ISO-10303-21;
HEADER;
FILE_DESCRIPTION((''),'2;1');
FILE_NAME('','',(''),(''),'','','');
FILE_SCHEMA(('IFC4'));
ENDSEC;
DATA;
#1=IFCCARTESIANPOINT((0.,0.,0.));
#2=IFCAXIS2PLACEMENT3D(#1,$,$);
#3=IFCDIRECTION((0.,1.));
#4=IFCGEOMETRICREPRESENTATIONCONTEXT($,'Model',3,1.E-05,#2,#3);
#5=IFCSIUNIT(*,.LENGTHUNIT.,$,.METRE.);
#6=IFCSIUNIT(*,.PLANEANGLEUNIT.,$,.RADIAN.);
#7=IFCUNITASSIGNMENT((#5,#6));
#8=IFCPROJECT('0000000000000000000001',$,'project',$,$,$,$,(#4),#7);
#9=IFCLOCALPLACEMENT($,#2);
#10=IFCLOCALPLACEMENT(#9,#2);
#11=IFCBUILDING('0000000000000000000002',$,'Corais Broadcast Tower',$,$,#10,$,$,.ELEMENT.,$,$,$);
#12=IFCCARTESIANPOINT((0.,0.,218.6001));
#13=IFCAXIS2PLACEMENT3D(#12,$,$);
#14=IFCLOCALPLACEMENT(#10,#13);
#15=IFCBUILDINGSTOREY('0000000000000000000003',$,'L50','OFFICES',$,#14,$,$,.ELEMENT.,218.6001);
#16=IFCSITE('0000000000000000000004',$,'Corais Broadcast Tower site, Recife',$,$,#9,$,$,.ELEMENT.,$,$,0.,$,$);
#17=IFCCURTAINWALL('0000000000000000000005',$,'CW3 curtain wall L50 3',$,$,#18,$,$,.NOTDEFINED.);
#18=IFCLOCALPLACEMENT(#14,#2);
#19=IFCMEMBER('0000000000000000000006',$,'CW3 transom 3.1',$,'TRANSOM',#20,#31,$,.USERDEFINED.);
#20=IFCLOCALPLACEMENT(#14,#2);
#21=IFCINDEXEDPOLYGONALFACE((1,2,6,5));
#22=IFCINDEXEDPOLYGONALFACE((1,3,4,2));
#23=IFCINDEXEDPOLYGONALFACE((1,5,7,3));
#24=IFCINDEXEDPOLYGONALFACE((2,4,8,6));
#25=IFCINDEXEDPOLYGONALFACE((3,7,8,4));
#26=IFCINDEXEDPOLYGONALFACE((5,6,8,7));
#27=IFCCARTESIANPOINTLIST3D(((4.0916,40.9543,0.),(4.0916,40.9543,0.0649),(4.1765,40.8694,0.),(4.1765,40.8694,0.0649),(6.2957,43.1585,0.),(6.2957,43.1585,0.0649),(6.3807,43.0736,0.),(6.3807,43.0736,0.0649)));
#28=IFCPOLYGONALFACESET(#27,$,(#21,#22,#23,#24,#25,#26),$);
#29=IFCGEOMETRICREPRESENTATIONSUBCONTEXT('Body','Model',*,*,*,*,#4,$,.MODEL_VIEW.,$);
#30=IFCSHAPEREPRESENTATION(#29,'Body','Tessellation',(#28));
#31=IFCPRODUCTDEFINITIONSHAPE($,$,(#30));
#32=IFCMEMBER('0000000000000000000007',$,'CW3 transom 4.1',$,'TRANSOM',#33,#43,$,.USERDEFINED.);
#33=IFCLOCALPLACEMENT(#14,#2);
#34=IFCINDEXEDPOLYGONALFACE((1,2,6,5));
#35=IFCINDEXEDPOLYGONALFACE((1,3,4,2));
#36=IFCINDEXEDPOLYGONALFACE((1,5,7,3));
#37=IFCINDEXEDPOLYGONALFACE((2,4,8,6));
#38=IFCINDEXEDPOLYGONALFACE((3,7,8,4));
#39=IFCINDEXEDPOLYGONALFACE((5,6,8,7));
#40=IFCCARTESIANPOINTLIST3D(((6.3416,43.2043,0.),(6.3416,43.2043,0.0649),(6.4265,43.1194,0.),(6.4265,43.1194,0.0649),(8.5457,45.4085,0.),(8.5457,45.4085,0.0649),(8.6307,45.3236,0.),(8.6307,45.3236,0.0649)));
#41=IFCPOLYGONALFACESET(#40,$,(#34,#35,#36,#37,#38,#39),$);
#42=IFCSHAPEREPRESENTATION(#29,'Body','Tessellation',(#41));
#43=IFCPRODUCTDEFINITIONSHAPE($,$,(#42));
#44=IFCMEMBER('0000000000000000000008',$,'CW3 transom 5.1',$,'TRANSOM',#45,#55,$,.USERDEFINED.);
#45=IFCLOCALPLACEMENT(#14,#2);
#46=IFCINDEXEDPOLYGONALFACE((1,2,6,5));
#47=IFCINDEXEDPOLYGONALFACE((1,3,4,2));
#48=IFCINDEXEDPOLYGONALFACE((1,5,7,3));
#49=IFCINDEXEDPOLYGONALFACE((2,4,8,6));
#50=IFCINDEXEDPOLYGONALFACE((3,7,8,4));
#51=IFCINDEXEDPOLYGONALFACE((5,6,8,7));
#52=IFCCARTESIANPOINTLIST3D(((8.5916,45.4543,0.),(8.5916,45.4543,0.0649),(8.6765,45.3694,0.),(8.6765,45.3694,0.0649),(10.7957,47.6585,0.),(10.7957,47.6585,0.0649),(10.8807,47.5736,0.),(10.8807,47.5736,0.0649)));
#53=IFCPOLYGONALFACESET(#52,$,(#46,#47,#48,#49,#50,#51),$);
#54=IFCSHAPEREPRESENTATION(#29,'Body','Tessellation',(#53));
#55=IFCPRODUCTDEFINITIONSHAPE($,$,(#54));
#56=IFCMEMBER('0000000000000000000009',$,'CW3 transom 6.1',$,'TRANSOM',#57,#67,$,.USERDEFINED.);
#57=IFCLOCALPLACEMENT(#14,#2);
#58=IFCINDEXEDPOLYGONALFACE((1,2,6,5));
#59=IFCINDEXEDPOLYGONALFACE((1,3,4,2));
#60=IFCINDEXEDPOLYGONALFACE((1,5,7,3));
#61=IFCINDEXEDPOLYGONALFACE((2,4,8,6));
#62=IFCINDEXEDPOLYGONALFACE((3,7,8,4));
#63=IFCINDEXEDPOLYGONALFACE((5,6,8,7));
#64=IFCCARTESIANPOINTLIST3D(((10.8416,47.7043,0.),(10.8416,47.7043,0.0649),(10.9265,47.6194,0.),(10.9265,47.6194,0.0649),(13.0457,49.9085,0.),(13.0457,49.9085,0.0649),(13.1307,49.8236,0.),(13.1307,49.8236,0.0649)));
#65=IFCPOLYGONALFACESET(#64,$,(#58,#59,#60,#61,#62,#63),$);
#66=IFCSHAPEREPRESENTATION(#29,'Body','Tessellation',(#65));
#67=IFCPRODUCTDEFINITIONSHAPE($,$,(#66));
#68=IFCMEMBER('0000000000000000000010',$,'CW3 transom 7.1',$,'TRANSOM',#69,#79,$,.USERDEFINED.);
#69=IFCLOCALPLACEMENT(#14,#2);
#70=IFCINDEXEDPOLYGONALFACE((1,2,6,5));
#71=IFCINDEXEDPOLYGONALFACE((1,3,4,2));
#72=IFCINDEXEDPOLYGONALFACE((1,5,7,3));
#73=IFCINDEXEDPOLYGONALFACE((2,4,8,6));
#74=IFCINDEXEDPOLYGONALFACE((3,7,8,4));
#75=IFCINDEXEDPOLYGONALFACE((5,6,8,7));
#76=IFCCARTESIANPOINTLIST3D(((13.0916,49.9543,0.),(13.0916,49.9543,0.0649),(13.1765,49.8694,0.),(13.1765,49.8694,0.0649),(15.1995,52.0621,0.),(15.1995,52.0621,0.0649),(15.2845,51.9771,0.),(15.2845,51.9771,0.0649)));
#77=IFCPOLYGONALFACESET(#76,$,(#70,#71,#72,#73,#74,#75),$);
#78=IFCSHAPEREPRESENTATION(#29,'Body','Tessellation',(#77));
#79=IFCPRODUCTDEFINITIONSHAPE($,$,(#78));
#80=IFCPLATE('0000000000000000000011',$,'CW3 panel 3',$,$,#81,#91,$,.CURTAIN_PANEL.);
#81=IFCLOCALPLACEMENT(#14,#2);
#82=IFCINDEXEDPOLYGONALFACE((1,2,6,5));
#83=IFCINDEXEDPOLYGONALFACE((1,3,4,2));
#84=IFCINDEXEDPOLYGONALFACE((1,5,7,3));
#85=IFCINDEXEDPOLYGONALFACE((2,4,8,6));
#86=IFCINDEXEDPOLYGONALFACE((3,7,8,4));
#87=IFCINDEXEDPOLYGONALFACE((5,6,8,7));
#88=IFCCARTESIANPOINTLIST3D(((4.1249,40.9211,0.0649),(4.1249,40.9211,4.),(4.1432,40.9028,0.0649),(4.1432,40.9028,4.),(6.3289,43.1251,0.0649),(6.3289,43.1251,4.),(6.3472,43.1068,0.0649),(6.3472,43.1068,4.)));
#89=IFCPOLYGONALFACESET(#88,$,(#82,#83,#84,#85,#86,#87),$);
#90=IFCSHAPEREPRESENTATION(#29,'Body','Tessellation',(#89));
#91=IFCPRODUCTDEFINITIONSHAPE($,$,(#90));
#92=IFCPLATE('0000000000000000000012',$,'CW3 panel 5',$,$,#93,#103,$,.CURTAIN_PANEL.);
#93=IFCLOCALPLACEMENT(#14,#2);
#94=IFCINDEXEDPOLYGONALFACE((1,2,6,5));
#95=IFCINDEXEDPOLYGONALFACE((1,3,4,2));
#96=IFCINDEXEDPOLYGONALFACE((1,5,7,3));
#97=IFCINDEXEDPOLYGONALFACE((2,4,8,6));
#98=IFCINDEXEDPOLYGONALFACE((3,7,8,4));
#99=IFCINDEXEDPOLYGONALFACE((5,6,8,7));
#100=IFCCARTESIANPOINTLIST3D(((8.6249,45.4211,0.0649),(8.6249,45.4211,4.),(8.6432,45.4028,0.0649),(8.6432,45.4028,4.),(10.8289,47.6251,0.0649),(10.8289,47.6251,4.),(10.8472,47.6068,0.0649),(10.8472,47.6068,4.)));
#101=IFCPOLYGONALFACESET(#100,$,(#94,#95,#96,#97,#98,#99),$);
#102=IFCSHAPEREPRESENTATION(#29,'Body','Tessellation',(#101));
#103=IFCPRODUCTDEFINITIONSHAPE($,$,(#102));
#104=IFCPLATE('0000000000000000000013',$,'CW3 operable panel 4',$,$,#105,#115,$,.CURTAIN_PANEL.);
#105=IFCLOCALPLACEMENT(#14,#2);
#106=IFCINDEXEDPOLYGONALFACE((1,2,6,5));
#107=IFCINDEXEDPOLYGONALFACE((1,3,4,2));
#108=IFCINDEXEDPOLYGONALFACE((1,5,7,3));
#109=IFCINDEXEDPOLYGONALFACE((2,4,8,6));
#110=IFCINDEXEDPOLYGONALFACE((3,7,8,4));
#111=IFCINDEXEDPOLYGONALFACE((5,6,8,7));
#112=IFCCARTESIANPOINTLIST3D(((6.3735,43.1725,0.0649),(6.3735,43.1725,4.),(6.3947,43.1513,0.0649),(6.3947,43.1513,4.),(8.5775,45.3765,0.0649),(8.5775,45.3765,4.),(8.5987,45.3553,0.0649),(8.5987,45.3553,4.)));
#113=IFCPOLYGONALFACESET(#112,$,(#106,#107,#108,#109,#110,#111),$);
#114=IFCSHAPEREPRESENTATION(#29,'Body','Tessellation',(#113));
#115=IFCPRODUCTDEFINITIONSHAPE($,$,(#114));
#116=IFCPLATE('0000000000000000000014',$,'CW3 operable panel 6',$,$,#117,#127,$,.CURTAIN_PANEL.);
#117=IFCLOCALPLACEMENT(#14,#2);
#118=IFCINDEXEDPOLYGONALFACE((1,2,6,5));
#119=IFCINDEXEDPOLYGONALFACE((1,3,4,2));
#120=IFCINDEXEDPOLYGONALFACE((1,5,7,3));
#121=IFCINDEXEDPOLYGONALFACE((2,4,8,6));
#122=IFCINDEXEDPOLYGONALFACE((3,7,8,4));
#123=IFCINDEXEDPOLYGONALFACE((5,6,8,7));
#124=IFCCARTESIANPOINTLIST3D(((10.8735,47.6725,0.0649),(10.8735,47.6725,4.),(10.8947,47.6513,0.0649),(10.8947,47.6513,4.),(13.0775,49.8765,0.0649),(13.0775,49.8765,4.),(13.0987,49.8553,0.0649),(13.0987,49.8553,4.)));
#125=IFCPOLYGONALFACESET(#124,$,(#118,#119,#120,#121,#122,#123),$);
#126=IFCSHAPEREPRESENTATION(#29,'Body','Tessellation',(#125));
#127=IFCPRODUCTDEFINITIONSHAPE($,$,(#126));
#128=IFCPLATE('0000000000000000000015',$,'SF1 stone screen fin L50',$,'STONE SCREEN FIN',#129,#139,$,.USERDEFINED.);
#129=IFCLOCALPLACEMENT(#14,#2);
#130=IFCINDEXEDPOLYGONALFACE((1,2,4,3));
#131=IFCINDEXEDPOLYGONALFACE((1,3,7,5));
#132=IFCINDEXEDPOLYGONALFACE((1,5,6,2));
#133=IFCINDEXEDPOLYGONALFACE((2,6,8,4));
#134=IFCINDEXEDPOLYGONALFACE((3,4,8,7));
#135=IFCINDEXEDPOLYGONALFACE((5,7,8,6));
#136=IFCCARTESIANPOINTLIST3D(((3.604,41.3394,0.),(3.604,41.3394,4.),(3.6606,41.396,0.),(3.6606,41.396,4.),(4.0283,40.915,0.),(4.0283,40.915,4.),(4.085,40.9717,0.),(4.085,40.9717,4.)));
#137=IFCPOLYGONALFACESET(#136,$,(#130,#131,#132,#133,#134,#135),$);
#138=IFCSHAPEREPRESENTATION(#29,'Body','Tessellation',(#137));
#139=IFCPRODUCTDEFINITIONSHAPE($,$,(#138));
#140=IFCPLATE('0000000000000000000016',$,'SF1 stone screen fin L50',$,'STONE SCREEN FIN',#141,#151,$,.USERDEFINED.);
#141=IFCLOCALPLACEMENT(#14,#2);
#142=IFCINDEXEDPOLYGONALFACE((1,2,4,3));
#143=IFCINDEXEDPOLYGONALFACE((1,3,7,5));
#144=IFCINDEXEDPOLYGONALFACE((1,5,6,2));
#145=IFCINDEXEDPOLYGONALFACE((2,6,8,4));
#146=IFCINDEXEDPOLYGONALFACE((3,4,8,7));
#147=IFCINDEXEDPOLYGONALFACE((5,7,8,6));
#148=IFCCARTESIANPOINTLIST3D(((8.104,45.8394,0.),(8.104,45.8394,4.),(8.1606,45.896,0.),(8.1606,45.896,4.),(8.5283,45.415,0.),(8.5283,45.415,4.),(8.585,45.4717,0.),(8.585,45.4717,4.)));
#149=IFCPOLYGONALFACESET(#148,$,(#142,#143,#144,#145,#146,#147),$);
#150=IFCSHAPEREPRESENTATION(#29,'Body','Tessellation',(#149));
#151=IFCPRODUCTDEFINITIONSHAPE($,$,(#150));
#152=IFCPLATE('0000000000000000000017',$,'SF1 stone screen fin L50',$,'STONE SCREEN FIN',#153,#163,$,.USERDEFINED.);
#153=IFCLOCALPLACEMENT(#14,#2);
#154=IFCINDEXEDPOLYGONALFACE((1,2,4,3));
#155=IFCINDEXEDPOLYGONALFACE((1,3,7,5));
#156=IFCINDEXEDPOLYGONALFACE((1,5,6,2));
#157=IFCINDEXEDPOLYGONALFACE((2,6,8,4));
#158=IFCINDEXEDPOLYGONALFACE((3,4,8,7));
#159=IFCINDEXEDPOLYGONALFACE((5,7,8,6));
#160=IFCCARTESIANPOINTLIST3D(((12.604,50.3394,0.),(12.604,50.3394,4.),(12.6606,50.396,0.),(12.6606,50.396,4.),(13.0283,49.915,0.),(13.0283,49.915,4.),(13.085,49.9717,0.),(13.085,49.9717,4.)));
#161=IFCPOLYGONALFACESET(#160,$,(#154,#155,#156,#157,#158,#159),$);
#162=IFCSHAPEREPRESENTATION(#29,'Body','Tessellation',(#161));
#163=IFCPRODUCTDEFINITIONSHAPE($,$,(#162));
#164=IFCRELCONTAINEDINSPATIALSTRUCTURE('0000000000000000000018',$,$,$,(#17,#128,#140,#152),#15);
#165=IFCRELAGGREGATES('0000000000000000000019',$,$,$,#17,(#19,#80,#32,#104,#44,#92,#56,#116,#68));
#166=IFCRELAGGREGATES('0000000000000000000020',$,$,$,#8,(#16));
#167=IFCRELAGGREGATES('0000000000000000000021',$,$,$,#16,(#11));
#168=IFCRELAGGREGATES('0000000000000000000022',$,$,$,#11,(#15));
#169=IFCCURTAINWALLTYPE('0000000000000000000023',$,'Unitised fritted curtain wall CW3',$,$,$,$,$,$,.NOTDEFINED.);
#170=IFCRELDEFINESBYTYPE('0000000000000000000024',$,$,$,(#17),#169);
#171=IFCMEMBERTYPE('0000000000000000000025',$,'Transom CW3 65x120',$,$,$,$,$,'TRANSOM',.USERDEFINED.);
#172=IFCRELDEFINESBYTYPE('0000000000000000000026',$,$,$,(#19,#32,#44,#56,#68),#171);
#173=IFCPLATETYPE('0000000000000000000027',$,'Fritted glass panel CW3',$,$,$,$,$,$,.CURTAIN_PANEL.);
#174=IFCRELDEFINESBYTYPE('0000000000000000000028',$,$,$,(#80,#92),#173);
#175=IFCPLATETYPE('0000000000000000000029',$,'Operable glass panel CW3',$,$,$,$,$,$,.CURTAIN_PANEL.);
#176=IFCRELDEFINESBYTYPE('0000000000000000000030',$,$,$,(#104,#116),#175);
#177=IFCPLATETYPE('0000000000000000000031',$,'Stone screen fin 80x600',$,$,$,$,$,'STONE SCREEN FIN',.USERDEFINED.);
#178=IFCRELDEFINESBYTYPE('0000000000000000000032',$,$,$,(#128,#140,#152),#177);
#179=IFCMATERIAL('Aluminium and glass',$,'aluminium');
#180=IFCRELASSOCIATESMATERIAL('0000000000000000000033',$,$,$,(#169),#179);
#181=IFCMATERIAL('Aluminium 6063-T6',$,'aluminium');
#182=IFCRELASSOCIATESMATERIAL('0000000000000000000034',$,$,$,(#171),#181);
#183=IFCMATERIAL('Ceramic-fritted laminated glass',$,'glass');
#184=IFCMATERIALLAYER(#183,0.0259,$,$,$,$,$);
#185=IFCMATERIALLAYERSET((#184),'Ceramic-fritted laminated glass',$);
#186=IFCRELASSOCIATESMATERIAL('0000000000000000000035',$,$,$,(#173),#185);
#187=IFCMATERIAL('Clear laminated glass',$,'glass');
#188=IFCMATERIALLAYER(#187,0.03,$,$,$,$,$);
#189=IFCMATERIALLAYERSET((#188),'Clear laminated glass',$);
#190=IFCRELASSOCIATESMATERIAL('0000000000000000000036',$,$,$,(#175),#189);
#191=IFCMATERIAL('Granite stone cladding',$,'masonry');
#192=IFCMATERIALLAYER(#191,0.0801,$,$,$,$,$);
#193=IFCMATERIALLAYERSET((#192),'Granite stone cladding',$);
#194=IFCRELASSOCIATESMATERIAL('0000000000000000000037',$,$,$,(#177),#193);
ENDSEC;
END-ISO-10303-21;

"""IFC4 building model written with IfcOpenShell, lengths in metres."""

from ifc_helpers import new_model, si_unit, direction, frame, origin, origin_2d, place, context, subcontext, project, spatial, rectangle, extrude, material, layer, layer_set, material_profile, profile_set, type_object, element, aggregate, save


model = new_model("IFC4")

# Units and contexts
model_context = context("Model", 3, precision=1e-05, world=origin(), true_north=direction((0.0, 1.0)))
body_context = subcontext(model_context, "Body", "Model", "MODEL_VIEW")
ifc_project = project(units=[si_unit("LENGTHUNIT", "METRE"), si_unit("PLANEANGLEUNIT", "RADIAN")], contexts=[model_context])

# Site, building, storey
site_placement = place(None, origin())
site = spatial("IfcSite", under=ifc_project, at=site_placement, Name="Corais Broadcast Tower site, Recife", CompositionType="ELEMENT", RefElevation=0.0)
building_placement = place(site_placement, origin())
building = spatial("IfcBuilding", under=site, at=building_placement, Name="Corais Broadcast Tower", CompositionType="ELEMENT")
storey_placement = place(building_placement, frame((0.0, 0.0, 218.6001)))
storey = spatial("IfcBuildingStorey", under=building, at=storey_placement, Name="L50", Description="OFFICES", CompositionType="ELEMENT", Elevation=218.6001)

# Curtain wall
ifc_material_1 = material(Name="Aluminium and glass", Category="aluminium")
curtain_wall_type = type_object("IfcCurtainWallType", Name="Unitised fritted curtain wall CW3", PredefinedType="NOTDEFINED", material=ifc_material_1)
curtain_wall_placement = place(storey_placement, origin())
curtain_wall = element("IfcCurtainWall", 1, at=curtain_wall_placement, inside=storey, type_object=curtain_wall_type, Name="CW3 curtain wall L50 3", PredefinedType="NOTDEFINED")

# Members
ifc_material_2 = material(Name="Aluminium 6063-T6", Category="aluminium")
ifc_material_profile_1 = material_profile(ifc_material_2, rectangle(XDim=0.1201, YDim=0.0649, at=origin_2d()), Name="Transom CW3 65x120")
ifc_profile_set_1 = profile_set([ifc_material_profile_1], Name="Aluminium 6063-T6")
member_type_1 = type_object("IfcMemberType", Name="Transom CW3 65x120", ElementType="TRANSOM", PredefinedType="USERDEFINED", material=ifc_profile_set_1)
member_1_placement = place(storey_placement, frame((4.134, 40.9119, 0.0325), z_axis=(0.707107, 0.707107, 0.0), x_axis=(-0.707107, 0.707107, 0.0)))
member_1 = element("IfcMember", 2, at=member_1_placement, type_object=member_type_1, Name="CW3 transom 3.1", ObjectType="TRANSOM", PredefinedType="USERDEFINED", context=body_context, shape_type="SweptSolid", body=[
    extrude(rectangle(XDim=0.1201, YDim=0.0649, at=origin_2d()), origin(), (0.0, 0.0, 1.0), 3.1172),
])
member_2_placement = place(storey_placement, frame((6.384, 43.1619, 0.0325), z_axis=(0.707107, 0.707107, 0.0), x_axis=(-0.707107, 0.707107, 0.0)))
member_2 = element("IfcMember", 3, at=member_2_placement, type_object=member_type_1, Name="CW3 transom 4.1", ObjectType="TRANSOM", PredefinedType="USERDEFINED", context=body_context, shape_type="SweptSolid", body=[
    extrude(rectangle(XDim=0.1201, YDim=0.0649, at=origin_2d()), origin(), (0.0, 0.0, 1.0), 3.1172),
])
member_3_placement = place(storey_placement, frame((8.634, 45.4119, 0.0325), z_axis=(0.707107, 0.707107, 0.0), x_axis=(-0.707107, 0.707107, 0.0)))
member_3 = element("IfcMember", 4, at=member_3_placement, type_object=member_type_1, Name="CW3 transom 5.1", ObjectType="TRANSOM", PredefinedType="USERDEFINED", context=body_context, shape_type="SweptSolid", body=[
    extrude(rectangle(XDim=0.1201, YDim=0.0649, at=origin_2d()), origin(), (0.0, 0.0, 1.0), 3.1172),
])
member_4_placement = place(storey_placement, frame((10.884, 47.6619, 0.0325), z_axis=(0.707107, 0.707107, 0.0), x_axis=(-0.707107, 0.707107, 0.0)))
member_4 = element("IfcMember", 5, at=member_4_placement, type_object=member_type_1, Name="CW3 transom 6.1", ObjectType="TRANSOM", PredefinedType="USERDEFINED", context=body_context, shape_type="SweptSolid", body=[
    extrude(rectangle(XDim=0.1201, YDim=0.0649, at=origin_2d()), origin(), (0.0, 0.0, 1.0), 3.1172),
])
member_5_placement = place(storey_placement, frame((13.134, 49.9119, 0.0325), z_axis=(0.707148, 0.707066, 0.0), x_axis=(-0.707066, 0.707148, 0.0)))
member_5 = element("IfcMember", 6, at=member_5_placement, type_object=member_type_1, Name="CW3 transom 7.1", ObjectType="TRANSOM", PredefinedType="USERDEFINED", context=body_context, shape_type="SweptSolid", body=[
    extrude(rectangle(XDim=0.1201, YDim=0.0649, at=origin_2d()), origin(), (0.0, 0.0, 1.0), 2.981),
])

# Plates
ifc_material_3 = material(Name="Ceramic-fritted laminated glass", Category="glass")
ifc_layer_1 = layer(ifc_material_3, 0.0259)
ifc_layer_set_1 = layer_set([ifc_layer_1], Name="Ceramic-fritted laminated glass")
plate_type_1 = type_object("IfcPlateType", Name="Fritted glass panel CW3", PredefinedType="CURTAIN_PANEL", material=ifc_layer_set_1)
plate_1_placement = place(storey_placement, frame((5.2361, 42.0139, 0.0649), z_axis=(0.0, 0.0, 1.0), x_axis=(0.707107, 0.707107, 0.0)))
plate_1 = element("IfcPlate", 7, at=plate_1_placement, type_object=plate_type_1, Name="CW3 panel 3", PredefinedType="CURTAIN_PANEL", context=body_context, shape_type="SweptSolid", body=[
    extrude(rectangle(XDim=3.1169, YDim=0.0259, at=origin_2d()), origin(), (0.0, 0.0, 1.0), 3.9351),
])
plate_2_placement = place(storey_placement, frame((9.7361, 46.5139, 0.0649), z_axis=(0.0, 0.0, 1.0), x_axis=(0.707107, 0.707107, 0.0)))
plate_2 = element("IfcPlate", 8, at=plate_2_placement, type_object=plate_type_1, Name="CW3 panel 5", PredefinedType="CURTAIN_PANEL", context=body_context, shape_type="SweptSolid", body=[
    extrude(rectangle(XDim=3.1169, YDim=0.0259, at=origin_2d()), origin(), (0.0, 0.0, 1.0), 3.9351),
])
ifc_material_4 = material(Name="Clear laminated glass", Category="glass")
ifc_layer_2 = layer(ifc_material_4, 0.03)
ifc_layer_set_2 = layer_set([ifc_layer_2], Name="Clear laminated glass")
plate_type_2 = type_object("IfcPlateType", Name="Operable glass panel CW3", PredefinedType="CURTAIN_PANEL", material=ifc_layer_set_2)
plate_3_placement = place(storey_placement, frame((7.4861, 44.2639, 0.0649), z_axis=(0.0, 0.0, 1.0), x_axis=(0.707107, 0.707107, 0.0)))
plate_3 = element("IfcPlate", 9, at=plate_3_placement, type_object=plate_type_2, Name="CW3 operable panel 4", PredefinedType="CURTAIN_PANEL", context=body_context, shape_type="SweptSolid", body=[
    extrude(rectangle(XDim=3.1169, YDim=0.03, at=origin_2d()), origin(), (0.0, 0.0, 1.0), 3.9351),
])
plate_4_placement = place(storey_placement, frame((11.9861, 48.7639, 0.0649), z_axis=(0.0, 0.0, 1.0), x_axis=(0.707107, 0.707107, 0.0)))
plate_4 = element("IfcPlate", 10, at=plate_4_placement, type_object=plate_type_2, Name="CW3 operable panel 6", PredefinedType="CURTAIN_PANEL", context=body_context, shape_type="SweptSolid", body=[
    extrude(rectangle(XDim=3.1169, YDim=0.03, at=origin_2d()), origin(), (0.0, 0.0, 1.0), 3.9351),
])
aggregate(curtain_wall, [member_1, plate_1, member_2, plate_3, member_3, plate_2, member_4, plate_4, member_5])

# Plates
ifc_material_5 = material(Name="Granite stone cladding", Category="masonry")
ifc_layer_3 = layer(ifc_material_5, 0.0801)
ifc_layer_set_3 = layer_set([ifc_layer_3], Name="Granite stone cladding")
plate_type_3 = type_object("IfcPlateType", Name="Stone screen fin 80x600", ElementType="STONE SCREEN FIN", PredefinedType="USERDEFINED", material=ifc_layer_set_3)
for number, where, z_axis, x_axis, name in (
    (11, (3.8445, 41.1555, 0.0), (0.0, 0.0, 1.0), (0.707107, 0.707107, 0.0), "SF1 stone screen fin L50"),
    (12, (8.3445, 45.6555, 0.0), (0.0, 0.0, 1.0), (0.707107, 0.707107, 0.0), "SF1 stone screen fin L50"),
    (13, (12.8445, 50.1555, 0.0), (0.0, 0.0, 1.0), (0.707107, 0.707107, 0.0), "SF1 stone screen fin L50"),
):
    element("IfcPlate", number, at=place(storey_placement, frame(where, z_axis=z_axis, x_axis=x_axis)), inside=storey, type_object=plate_type_3, Name=name, ObjectType="STONE SCREEN FIN", PredefinedType="USERDEFINED", context=body_context, shape_type="SweptSolid", body=[
        extrude(rectangle(XDim=0.0801, YDim=0.6001, at=origin_2d()), origin(), (0.0, 0.0, 1.0), 4.0),
    ])

save(model, "model.ifc")
